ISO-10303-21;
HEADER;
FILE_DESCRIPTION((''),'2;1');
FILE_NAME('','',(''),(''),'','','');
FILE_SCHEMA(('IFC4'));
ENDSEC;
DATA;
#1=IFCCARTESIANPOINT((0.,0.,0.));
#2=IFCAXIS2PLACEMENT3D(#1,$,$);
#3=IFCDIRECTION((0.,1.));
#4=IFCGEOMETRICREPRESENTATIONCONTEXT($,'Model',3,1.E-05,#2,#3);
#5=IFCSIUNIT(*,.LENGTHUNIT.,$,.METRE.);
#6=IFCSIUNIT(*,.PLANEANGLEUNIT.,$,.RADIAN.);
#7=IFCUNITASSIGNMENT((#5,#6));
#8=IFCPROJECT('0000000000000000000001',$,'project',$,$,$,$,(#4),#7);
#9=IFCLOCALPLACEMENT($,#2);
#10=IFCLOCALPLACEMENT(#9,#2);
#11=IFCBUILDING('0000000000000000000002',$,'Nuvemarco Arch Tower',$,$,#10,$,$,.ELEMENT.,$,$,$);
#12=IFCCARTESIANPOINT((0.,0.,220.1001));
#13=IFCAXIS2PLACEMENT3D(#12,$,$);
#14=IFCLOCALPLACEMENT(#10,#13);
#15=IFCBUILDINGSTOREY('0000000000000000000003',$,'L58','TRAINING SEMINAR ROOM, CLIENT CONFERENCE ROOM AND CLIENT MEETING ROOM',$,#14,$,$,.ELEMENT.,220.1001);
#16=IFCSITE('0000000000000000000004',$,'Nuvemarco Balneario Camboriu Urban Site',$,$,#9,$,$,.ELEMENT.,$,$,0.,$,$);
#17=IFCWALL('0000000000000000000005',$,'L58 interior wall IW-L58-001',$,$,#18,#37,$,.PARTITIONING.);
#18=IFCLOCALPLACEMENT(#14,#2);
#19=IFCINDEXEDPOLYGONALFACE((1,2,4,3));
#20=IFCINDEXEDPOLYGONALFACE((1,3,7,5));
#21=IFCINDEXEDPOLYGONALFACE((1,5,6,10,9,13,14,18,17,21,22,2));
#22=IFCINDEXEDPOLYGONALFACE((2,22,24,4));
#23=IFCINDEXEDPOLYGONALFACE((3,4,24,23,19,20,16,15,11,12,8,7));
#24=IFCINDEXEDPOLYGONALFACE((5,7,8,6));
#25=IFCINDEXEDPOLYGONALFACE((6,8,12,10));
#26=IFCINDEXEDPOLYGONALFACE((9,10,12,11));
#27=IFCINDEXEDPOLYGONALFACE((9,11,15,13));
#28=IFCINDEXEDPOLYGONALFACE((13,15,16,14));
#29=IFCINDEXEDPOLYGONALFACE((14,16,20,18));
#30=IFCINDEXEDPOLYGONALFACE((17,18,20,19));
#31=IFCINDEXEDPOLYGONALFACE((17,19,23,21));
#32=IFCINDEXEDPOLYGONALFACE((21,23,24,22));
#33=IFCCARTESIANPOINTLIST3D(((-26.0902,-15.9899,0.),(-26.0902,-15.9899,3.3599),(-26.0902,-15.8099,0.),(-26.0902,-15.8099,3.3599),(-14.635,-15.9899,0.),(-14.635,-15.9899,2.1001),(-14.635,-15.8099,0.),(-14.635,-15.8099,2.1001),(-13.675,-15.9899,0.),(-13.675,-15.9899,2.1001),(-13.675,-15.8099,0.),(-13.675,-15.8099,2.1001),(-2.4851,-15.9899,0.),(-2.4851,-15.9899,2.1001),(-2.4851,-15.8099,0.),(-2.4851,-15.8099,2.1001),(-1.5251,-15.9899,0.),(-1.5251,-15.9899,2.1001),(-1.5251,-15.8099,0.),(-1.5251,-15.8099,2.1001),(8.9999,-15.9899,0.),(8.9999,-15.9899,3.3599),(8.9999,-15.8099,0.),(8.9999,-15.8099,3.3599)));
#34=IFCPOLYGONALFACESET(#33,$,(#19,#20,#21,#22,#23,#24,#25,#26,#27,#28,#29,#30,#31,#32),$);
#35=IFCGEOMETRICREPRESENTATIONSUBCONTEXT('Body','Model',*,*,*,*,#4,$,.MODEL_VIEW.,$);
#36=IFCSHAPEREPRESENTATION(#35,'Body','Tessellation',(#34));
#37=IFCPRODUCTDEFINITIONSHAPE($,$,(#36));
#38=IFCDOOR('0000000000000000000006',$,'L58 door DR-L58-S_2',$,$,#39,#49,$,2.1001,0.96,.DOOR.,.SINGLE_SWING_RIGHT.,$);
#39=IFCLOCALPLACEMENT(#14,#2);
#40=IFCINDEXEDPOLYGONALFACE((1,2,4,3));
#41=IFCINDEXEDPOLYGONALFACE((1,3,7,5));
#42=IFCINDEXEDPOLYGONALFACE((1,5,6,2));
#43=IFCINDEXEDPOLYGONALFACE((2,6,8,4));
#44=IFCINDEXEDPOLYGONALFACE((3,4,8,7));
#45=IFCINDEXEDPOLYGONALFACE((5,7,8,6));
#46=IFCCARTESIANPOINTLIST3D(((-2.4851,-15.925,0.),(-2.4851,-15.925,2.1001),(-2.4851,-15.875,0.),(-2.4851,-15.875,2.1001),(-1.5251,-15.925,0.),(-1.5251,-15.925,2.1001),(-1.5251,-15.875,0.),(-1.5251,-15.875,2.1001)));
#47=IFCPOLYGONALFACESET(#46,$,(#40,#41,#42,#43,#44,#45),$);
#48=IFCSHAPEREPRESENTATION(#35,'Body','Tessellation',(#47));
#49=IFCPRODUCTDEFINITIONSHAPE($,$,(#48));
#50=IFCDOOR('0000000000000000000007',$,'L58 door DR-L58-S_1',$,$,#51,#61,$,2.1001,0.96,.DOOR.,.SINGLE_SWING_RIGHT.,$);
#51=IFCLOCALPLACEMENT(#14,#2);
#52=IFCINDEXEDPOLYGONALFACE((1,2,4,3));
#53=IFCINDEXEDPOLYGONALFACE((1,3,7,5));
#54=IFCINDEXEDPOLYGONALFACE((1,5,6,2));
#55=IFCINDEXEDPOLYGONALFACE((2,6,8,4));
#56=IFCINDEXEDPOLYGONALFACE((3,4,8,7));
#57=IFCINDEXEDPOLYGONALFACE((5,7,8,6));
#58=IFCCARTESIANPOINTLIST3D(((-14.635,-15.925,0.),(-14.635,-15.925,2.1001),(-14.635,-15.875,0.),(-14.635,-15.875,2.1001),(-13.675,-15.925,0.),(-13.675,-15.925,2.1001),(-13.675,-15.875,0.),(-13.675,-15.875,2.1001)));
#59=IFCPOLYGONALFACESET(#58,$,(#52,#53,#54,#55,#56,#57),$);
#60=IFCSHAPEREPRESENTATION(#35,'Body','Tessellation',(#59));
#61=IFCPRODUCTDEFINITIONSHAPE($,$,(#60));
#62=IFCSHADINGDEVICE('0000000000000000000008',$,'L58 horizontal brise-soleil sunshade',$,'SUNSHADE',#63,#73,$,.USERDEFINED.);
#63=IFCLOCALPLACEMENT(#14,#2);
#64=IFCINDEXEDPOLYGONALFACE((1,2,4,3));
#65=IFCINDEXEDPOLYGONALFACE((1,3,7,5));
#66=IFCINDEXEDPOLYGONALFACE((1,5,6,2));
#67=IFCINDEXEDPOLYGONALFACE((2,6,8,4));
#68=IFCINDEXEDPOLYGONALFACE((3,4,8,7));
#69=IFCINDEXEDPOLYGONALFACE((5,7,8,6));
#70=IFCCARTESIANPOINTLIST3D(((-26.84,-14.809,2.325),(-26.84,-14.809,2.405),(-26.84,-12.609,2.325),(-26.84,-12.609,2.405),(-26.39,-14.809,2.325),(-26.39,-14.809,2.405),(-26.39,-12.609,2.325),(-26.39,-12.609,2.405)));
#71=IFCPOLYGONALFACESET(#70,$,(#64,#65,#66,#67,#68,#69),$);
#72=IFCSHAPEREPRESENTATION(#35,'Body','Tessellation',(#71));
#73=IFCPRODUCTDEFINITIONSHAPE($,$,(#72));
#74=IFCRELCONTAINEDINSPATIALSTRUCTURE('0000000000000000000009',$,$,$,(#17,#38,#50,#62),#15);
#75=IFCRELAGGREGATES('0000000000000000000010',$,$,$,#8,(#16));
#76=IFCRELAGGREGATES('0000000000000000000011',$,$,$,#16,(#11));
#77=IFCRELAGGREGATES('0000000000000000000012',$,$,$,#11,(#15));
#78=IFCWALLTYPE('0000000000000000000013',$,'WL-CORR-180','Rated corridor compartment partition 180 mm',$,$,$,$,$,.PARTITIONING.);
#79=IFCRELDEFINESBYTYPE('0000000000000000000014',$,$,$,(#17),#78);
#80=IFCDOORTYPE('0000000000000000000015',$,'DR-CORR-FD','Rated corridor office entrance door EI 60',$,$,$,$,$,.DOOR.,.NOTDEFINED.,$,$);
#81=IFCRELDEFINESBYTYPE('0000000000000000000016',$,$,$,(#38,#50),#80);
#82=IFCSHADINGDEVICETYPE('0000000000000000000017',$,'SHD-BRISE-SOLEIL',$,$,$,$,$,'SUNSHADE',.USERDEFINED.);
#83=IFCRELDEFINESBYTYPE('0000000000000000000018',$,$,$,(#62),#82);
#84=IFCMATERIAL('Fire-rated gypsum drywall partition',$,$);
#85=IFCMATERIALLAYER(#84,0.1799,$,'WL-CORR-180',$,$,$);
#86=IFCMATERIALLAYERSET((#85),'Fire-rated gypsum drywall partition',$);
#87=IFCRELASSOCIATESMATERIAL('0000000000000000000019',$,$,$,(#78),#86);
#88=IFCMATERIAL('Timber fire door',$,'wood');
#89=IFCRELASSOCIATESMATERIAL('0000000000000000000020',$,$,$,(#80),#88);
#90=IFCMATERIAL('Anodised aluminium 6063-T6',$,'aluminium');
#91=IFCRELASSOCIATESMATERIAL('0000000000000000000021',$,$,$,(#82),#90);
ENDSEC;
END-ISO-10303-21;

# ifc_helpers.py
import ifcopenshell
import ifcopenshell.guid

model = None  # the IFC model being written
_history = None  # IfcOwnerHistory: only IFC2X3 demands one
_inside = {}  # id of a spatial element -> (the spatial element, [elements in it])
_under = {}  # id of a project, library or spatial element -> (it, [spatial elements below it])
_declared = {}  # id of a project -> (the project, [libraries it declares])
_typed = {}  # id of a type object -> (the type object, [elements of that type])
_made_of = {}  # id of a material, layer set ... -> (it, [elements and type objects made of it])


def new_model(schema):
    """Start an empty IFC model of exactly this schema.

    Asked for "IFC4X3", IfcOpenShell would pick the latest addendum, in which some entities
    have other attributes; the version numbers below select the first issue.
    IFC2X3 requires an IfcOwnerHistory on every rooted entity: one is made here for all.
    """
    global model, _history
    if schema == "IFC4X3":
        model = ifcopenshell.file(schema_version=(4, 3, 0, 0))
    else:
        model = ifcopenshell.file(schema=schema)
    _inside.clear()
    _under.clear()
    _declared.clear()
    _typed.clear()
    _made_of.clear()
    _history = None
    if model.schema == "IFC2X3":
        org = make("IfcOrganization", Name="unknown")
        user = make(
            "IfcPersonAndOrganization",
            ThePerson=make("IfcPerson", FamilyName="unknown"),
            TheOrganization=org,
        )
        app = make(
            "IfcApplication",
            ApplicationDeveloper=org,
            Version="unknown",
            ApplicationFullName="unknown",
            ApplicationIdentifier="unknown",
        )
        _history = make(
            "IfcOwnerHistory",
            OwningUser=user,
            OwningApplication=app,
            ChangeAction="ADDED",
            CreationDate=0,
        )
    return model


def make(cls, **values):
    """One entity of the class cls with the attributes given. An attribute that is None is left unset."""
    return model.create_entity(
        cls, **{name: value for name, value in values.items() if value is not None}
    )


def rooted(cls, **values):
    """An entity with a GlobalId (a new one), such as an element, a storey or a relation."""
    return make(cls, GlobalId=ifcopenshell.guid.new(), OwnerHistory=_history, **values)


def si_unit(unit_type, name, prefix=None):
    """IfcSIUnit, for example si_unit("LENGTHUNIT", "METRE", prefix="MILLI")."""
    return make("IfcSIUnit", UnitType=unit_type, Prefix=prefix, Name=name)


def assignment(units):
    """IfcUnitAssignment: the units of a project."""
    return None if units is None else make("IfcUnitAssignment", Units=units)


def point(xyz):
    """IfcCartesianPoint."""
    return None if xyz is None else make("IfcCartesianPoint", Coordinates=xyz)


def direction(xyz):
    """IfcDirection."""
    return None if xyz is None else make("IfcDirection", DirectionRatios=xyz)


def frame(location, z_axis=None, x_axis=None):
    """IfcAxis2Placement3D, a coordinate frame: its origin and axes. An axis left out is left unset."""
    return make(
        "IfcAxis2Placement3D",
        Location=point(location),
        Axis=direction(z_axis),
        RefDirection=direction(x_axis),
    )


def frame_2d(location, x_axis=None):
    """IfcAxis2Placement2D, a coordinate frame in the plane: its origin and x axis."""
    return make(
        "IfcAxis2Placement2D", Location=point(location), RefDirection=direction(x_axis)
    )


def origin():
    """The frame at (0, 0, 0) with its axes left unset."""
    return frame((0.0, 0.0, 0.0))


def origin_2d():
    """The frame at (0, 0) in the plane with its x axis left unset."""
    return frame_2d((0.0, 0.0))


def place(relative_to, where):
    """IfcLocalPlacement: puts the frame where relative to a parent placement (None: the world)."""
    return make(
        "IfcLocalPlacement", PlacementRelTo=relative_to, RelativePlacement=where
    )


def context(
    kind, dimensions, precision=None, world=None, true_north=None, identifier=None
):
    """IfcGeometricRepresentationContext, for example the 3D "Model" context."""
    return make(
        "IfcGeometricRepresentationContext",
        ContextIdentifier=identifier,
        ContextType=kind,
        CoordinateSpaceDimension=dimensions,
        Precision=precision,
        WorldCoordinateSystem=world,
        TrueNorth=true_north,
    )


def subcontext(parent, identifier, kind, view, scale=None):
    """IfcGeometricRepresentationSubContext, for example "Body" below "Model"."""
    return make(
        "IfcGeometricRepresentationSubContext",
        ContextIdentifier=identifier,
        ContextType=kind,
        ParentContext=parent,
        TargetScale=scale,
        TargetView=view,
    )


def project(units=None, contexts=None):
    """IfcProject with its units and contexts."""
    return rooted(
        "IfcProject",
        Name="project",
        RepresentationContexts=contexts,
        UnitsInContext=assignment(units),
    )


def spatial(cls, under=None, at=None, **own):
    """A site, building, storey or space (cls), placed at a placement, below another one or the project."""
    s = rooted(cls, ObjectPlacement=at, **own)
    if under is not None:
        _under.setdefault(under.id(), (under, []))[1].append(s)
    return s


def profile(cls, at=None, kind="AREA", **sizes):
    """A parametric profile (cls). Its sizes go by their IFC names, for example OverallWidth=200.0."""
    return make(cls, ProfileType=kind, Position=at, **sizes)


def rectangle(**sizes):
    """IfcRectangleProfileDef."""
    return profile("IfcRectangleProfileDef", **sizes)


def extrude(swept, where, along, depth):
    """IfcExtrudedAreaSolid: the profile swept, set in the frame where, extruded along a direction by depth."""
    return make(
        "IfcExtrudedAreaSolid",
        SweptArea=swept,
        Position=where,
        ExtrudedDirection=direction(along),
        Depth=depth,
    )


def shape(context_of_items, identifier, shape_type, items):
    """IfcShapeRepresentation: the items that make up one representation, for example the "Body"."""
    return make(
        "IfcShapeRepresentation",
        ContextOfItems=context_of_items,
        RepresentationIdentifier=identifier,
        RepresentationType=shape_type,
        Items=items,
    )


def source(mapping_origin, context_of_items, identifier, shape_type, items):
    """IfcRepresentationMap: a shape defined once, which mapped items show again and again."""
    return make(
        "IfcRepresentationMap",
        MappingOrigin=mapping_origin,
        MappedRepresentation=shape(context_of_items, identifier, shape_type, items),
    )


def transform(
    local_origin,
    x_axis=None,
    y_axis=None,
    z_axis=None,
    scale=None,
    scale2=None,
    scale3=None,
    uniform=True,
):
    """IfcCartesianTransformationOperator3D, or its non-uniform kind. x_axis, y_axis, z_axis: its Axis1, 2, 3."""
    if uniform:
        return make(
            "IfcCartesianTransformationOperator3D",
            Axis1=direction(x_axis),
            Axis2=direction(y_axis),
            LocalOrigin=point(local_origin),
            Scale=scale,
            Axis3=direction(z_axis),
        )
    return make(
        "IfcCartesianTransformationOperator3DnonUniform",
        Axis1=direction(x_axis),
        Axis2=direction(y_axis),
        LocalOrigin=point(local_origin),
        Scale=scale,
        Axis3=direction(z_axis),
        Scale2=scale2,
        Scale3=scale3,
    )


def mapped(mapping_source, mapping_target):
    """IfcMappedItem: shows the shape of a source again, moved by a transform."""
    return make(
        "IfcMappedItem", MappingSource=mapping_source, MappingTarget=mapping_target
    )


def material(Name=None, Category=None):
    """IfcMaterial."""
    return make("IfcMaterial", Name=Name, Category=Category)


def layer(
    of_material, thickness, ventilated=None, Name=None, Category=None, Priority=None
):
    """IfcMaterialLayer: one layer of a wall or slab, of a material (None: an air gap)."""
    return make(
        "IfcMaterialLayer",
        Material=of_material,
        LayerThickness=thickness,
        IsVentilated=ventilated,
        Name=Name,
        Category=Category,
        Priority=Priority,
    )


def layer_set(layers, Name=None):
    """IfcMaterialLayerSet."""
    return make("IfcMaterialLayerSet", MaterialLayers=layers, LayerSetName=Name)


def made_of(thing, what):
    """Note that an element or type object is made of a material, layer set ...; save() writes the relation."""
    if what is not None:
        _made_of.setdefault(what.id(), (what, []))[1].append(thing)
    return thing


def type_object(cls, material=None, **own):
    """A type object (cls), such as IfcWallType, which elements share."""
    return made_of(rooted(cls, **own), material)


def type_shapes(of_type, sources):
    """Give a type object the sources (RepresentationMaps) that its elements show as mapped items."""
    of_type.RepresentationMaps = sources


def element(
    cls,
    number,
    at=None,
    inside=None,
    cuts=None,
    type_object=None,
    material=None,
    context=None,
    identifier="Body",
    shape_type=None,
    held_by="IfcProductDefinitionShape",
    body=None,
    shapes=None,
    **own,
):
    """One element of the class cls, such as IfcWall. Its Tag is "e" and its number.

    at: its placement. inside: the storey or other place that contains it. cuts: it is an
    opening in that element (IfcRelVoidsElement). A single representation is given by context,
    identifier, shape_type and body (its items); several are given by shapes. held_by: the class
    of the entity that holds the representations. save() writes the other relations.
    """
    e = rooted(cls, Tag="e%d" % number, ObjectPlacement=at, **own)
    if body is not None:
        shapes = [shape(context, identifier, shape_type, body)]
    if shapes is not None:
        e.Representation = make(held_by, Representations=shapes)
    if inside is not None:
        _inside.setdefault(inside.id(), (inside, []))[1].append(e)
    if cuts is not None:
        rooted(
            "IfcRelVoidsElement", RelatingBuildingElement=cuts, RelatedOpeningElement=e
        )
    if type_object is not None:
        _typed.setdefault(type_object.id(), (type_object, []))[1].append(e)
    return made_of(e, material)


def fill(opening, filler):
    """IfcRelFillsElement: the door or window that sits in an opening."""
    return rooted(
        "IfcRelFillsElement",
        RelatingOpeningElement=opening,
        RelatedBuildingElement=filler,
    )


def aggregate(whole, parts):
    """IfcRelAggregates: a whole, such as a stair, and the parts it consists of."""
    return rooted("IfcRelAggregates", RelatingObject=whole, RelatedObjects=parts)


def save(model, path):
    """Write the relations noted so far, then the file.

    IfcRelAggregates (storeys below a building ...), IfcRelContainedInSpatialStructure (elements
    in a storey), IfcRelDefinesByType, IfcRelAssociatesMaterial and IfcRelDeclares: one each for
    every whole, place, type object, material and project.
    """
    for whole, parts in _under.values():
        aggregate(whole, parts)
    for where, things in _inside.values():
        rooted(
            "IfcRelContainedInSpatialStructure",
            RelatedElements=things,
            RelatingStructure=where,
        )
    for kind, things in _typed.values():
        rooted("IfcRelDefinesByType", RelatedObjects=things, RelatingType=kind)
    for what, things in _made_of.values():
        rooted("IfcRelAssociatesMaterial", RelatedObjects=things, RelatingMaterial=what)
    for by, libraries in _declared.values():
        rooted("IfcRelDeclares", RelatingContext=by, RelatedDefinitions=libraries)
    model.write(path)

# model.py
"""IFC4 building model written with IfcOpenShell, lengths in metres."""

from ifc_helpers import new_model, si_unit, direction, frame, frame_2d, origin, origin_2d, place, context, subcontext, project, spatial, rectangle, extrude, source, transform, mapped, material, layer, layer_set, type_object, type_shapes, element, fill, save


model = new_model("IFC4")

# Units and contexts
model_context = context("Model", 3, precision=1e-05, world=origin(), true_north=direction((0.0, 1.0)))
body_context = subcontext(model_context, "Body", "Model", "MODEL_VIEW")
ifc_project = project(units=[si_unit("LENGTHUNIT", "METRE"), si_unit("PLANEANGLEUNIT", "RADIAN")], contexts=[model_context])

# Site, building, storey
site_placement = place(None, origin())
site = spatial("IfcSite", under=ifc_project, at=site_placement, Name="Nuvemarco Balneario Camboriu Urban Site", CompositionType="ELEMENT", RefElevation=0.0)
building_placement = place(site_placement, origin())
building = spatial("IfcBuilding", under=site, at=building_placement, Name="Nuvemarco Arch Tower", CompositionType="ELEMENT")
storey_placement = place(building_placement, frame((0.0, 0.0, 220.1001)))
storey = spatial("IfcBuildingStorey", under=building, at=storey_placement, Name="L58", Description="TRAINING SEMINAR ROOM, CLIENT CONFERENCE ROOM AND CLIENT MEETING ROOM", CompositionType="ELEMENT", Elevation=220.1001)

# Wall, openings, doors
ifc_material_1 = material(Name="Fire-rated gypsum drywall partition")
ifc_layer_1 = layer(ifc_material_1, 0.1799, Name="WL-CORR-180")
ifc_layer_set_1 = layer_set([ifc_layer_1], Name="Fire-rated gypsum drywall partition")
wall_type_1 = type_object("IfcWallType", Name="WL-CORR-180", Description="Rated corridor compartment partition 180 mm", PredefinedType="PARTITIONING", material=ifc_layer_set_1)
wall_1_placement = place(storey_placement, frame((-26.0901, -15.8999, 0.0), z_axis=(0.0, 0.0, 1.0), x_axis=(1.0, 0.0, 0.0)))
wall_1 = element("IfcWall", 1, at=wall_1_placement, inside=storey, type_object=wall_type_1, Name="L58 interior wall IW-L58-001", PredefinedType="PARTITIONING", context=body_context, shape_type="SweptSolid", body=[
    extrude(rectangle(XDim=35.0901, YDim=0.1799, at=frame_2d((17.5449, 0.0))), origin(), (0.0, 0.0, 1.0), 3.3599),
])
opening_1_placement = place(wall_1_placement, frame((23.605, 0.0, 0.0)))
opening_1 = element("IfcOpeningElement", 2, at=opening_1_placement, cuts=wall_1, PredefinedType="OPENING", context=body_context, shape_type="SweptSolid", body=[
    extrude(rectangle(XDim=0.96, YDim=2.1001, at=frame_2d((0.48, 1.05))), frame((0.0, 0.0999, 0.0), z_axis=(0.0, -1.0, 0.0), x_axis=(1.0, 0.0, 0.0)), (0.0, 0.0, 1.0), 0.2),
])
opening_2_placement = place(wall_1_placement, frame((11.4551, 0.0, 0.0)))
opening_2 = element("IfcOpeningElement", 3, at=opening_2_placement, cuts=wall_1, PredefinedType="OPENING", context=body_context, shape_type="SweptSolid", body=[
    extrude(rectangle(XDim=0.96, YDim=2.1001, at=frame_2d((0.48, 1.05))), frame((0.0, 0.0999, 0.0), z_axis=(0.0, -1.0, 0.0), x_axis=(1.0, 0.0, 0.0)), (0.0, 0.0, 1.0), 0.2),
])
ifc_material_2 = material(Name="Timber fire door", Category="wood")
door_type = type_object("IfcDoorType", Name="DR-CORR-FD", Description="Rated corridor office entrance door EI 60", OperationType="NOTDEFINED", PredefinedType="DOOR", material=ifc_material_2)
shared_shape_1 = source(origin(), body_context, "Body", "SweptSolid", [
    extrude(rectangle(XDim=0.96, YDim=2.1001, at=frame_2d((0.48, 1.05))), frame((0.0, 0.0249, 0.0), z_axis=(0.0, -1.0, 0.0), x_axis=(1.0, 0.0, 0.0)), (0.0, 0.0, 1.0), 0.05),
])
type_shapes(door_type, [shared_shape_1])
door_1_placement = place(opening_1_placement, origin())
door_1 = element("IfcDoor", 4, at=door_1_placement, inside=storey, type_object=door_type, Name="L58 door DR-L58-S_2", OperationType="SINGLE_SWING_RIGHT", OverallHeight=2.1001, OverallWidth=0.96, PredefinedType="DOOR", context=body_context, shape_type="MappedRepresentation", body=[
    mapped(shared_shape_1, transform((0.0, 0.0, 0.0), scale=1.0)),
])
fill(opening_1, door_1)
door_2_placement = place(opening_2_placement, origin())
door_2 = element("IfcDoor", 5, at=door_2_placement, inside=storey, type_object=door_type, Name="L58 door DR-L58-S_1", OperationType="SINGLE_SWING_RIGHT", OverallHeight=2.1001, OverallWidth=0.96, PredefinedType="DOOR", context=body_context, shape_type="MappedRepresentation", body=[
    mapped(shared_shape_1, transform((0.0, 0.0, 0.0), scale=1.0)),
])
fill(opening_2, door_2)

# Shading device
ifc_material_3 = material(Name="Anodised aluminium 6063-T6", Category="aluminium")
shading_device_type = type_object("IfcShadingDeviceType", Name="SHD-BRISE-SOLEIL", ElementType="SUNSHADE", PredefinedType="USERDEFINED", material=ifc_material_3)
shared_shape_2 = source(origin(), body_context, "Body", "SweptSolid", [
    extrude(rectangle(XDim=2.2, YDim=0.45, at=origin_2d()), origin(), (0.0, 0.0, 1.0), 0.0801),
])
type_shapes(shading_device_type, [shared_shape_2])
shading_device_placement = place(storey_placement, frame((-26.615, -13.709, 2.325), z_axis=(0.0, 0.0, 1.0), x_axis=(0.0, 1.0, 0.0)))
element("IfcShadingDevice", 6, at=shading_device_placement, inside=storey, type_object=shading_device_type, Name="L58 horizontal brise-soleil sunshade", ObjectType="SUNSHADE", PredefinedType="USERDEFINED", context=body_context, shape_type="MappedRepresentation", body=[
    mapped(shared_shape_2, transform((0.0, 0.0, 0.0), scale=1.0)),
])

save(model, "model.ifc")
